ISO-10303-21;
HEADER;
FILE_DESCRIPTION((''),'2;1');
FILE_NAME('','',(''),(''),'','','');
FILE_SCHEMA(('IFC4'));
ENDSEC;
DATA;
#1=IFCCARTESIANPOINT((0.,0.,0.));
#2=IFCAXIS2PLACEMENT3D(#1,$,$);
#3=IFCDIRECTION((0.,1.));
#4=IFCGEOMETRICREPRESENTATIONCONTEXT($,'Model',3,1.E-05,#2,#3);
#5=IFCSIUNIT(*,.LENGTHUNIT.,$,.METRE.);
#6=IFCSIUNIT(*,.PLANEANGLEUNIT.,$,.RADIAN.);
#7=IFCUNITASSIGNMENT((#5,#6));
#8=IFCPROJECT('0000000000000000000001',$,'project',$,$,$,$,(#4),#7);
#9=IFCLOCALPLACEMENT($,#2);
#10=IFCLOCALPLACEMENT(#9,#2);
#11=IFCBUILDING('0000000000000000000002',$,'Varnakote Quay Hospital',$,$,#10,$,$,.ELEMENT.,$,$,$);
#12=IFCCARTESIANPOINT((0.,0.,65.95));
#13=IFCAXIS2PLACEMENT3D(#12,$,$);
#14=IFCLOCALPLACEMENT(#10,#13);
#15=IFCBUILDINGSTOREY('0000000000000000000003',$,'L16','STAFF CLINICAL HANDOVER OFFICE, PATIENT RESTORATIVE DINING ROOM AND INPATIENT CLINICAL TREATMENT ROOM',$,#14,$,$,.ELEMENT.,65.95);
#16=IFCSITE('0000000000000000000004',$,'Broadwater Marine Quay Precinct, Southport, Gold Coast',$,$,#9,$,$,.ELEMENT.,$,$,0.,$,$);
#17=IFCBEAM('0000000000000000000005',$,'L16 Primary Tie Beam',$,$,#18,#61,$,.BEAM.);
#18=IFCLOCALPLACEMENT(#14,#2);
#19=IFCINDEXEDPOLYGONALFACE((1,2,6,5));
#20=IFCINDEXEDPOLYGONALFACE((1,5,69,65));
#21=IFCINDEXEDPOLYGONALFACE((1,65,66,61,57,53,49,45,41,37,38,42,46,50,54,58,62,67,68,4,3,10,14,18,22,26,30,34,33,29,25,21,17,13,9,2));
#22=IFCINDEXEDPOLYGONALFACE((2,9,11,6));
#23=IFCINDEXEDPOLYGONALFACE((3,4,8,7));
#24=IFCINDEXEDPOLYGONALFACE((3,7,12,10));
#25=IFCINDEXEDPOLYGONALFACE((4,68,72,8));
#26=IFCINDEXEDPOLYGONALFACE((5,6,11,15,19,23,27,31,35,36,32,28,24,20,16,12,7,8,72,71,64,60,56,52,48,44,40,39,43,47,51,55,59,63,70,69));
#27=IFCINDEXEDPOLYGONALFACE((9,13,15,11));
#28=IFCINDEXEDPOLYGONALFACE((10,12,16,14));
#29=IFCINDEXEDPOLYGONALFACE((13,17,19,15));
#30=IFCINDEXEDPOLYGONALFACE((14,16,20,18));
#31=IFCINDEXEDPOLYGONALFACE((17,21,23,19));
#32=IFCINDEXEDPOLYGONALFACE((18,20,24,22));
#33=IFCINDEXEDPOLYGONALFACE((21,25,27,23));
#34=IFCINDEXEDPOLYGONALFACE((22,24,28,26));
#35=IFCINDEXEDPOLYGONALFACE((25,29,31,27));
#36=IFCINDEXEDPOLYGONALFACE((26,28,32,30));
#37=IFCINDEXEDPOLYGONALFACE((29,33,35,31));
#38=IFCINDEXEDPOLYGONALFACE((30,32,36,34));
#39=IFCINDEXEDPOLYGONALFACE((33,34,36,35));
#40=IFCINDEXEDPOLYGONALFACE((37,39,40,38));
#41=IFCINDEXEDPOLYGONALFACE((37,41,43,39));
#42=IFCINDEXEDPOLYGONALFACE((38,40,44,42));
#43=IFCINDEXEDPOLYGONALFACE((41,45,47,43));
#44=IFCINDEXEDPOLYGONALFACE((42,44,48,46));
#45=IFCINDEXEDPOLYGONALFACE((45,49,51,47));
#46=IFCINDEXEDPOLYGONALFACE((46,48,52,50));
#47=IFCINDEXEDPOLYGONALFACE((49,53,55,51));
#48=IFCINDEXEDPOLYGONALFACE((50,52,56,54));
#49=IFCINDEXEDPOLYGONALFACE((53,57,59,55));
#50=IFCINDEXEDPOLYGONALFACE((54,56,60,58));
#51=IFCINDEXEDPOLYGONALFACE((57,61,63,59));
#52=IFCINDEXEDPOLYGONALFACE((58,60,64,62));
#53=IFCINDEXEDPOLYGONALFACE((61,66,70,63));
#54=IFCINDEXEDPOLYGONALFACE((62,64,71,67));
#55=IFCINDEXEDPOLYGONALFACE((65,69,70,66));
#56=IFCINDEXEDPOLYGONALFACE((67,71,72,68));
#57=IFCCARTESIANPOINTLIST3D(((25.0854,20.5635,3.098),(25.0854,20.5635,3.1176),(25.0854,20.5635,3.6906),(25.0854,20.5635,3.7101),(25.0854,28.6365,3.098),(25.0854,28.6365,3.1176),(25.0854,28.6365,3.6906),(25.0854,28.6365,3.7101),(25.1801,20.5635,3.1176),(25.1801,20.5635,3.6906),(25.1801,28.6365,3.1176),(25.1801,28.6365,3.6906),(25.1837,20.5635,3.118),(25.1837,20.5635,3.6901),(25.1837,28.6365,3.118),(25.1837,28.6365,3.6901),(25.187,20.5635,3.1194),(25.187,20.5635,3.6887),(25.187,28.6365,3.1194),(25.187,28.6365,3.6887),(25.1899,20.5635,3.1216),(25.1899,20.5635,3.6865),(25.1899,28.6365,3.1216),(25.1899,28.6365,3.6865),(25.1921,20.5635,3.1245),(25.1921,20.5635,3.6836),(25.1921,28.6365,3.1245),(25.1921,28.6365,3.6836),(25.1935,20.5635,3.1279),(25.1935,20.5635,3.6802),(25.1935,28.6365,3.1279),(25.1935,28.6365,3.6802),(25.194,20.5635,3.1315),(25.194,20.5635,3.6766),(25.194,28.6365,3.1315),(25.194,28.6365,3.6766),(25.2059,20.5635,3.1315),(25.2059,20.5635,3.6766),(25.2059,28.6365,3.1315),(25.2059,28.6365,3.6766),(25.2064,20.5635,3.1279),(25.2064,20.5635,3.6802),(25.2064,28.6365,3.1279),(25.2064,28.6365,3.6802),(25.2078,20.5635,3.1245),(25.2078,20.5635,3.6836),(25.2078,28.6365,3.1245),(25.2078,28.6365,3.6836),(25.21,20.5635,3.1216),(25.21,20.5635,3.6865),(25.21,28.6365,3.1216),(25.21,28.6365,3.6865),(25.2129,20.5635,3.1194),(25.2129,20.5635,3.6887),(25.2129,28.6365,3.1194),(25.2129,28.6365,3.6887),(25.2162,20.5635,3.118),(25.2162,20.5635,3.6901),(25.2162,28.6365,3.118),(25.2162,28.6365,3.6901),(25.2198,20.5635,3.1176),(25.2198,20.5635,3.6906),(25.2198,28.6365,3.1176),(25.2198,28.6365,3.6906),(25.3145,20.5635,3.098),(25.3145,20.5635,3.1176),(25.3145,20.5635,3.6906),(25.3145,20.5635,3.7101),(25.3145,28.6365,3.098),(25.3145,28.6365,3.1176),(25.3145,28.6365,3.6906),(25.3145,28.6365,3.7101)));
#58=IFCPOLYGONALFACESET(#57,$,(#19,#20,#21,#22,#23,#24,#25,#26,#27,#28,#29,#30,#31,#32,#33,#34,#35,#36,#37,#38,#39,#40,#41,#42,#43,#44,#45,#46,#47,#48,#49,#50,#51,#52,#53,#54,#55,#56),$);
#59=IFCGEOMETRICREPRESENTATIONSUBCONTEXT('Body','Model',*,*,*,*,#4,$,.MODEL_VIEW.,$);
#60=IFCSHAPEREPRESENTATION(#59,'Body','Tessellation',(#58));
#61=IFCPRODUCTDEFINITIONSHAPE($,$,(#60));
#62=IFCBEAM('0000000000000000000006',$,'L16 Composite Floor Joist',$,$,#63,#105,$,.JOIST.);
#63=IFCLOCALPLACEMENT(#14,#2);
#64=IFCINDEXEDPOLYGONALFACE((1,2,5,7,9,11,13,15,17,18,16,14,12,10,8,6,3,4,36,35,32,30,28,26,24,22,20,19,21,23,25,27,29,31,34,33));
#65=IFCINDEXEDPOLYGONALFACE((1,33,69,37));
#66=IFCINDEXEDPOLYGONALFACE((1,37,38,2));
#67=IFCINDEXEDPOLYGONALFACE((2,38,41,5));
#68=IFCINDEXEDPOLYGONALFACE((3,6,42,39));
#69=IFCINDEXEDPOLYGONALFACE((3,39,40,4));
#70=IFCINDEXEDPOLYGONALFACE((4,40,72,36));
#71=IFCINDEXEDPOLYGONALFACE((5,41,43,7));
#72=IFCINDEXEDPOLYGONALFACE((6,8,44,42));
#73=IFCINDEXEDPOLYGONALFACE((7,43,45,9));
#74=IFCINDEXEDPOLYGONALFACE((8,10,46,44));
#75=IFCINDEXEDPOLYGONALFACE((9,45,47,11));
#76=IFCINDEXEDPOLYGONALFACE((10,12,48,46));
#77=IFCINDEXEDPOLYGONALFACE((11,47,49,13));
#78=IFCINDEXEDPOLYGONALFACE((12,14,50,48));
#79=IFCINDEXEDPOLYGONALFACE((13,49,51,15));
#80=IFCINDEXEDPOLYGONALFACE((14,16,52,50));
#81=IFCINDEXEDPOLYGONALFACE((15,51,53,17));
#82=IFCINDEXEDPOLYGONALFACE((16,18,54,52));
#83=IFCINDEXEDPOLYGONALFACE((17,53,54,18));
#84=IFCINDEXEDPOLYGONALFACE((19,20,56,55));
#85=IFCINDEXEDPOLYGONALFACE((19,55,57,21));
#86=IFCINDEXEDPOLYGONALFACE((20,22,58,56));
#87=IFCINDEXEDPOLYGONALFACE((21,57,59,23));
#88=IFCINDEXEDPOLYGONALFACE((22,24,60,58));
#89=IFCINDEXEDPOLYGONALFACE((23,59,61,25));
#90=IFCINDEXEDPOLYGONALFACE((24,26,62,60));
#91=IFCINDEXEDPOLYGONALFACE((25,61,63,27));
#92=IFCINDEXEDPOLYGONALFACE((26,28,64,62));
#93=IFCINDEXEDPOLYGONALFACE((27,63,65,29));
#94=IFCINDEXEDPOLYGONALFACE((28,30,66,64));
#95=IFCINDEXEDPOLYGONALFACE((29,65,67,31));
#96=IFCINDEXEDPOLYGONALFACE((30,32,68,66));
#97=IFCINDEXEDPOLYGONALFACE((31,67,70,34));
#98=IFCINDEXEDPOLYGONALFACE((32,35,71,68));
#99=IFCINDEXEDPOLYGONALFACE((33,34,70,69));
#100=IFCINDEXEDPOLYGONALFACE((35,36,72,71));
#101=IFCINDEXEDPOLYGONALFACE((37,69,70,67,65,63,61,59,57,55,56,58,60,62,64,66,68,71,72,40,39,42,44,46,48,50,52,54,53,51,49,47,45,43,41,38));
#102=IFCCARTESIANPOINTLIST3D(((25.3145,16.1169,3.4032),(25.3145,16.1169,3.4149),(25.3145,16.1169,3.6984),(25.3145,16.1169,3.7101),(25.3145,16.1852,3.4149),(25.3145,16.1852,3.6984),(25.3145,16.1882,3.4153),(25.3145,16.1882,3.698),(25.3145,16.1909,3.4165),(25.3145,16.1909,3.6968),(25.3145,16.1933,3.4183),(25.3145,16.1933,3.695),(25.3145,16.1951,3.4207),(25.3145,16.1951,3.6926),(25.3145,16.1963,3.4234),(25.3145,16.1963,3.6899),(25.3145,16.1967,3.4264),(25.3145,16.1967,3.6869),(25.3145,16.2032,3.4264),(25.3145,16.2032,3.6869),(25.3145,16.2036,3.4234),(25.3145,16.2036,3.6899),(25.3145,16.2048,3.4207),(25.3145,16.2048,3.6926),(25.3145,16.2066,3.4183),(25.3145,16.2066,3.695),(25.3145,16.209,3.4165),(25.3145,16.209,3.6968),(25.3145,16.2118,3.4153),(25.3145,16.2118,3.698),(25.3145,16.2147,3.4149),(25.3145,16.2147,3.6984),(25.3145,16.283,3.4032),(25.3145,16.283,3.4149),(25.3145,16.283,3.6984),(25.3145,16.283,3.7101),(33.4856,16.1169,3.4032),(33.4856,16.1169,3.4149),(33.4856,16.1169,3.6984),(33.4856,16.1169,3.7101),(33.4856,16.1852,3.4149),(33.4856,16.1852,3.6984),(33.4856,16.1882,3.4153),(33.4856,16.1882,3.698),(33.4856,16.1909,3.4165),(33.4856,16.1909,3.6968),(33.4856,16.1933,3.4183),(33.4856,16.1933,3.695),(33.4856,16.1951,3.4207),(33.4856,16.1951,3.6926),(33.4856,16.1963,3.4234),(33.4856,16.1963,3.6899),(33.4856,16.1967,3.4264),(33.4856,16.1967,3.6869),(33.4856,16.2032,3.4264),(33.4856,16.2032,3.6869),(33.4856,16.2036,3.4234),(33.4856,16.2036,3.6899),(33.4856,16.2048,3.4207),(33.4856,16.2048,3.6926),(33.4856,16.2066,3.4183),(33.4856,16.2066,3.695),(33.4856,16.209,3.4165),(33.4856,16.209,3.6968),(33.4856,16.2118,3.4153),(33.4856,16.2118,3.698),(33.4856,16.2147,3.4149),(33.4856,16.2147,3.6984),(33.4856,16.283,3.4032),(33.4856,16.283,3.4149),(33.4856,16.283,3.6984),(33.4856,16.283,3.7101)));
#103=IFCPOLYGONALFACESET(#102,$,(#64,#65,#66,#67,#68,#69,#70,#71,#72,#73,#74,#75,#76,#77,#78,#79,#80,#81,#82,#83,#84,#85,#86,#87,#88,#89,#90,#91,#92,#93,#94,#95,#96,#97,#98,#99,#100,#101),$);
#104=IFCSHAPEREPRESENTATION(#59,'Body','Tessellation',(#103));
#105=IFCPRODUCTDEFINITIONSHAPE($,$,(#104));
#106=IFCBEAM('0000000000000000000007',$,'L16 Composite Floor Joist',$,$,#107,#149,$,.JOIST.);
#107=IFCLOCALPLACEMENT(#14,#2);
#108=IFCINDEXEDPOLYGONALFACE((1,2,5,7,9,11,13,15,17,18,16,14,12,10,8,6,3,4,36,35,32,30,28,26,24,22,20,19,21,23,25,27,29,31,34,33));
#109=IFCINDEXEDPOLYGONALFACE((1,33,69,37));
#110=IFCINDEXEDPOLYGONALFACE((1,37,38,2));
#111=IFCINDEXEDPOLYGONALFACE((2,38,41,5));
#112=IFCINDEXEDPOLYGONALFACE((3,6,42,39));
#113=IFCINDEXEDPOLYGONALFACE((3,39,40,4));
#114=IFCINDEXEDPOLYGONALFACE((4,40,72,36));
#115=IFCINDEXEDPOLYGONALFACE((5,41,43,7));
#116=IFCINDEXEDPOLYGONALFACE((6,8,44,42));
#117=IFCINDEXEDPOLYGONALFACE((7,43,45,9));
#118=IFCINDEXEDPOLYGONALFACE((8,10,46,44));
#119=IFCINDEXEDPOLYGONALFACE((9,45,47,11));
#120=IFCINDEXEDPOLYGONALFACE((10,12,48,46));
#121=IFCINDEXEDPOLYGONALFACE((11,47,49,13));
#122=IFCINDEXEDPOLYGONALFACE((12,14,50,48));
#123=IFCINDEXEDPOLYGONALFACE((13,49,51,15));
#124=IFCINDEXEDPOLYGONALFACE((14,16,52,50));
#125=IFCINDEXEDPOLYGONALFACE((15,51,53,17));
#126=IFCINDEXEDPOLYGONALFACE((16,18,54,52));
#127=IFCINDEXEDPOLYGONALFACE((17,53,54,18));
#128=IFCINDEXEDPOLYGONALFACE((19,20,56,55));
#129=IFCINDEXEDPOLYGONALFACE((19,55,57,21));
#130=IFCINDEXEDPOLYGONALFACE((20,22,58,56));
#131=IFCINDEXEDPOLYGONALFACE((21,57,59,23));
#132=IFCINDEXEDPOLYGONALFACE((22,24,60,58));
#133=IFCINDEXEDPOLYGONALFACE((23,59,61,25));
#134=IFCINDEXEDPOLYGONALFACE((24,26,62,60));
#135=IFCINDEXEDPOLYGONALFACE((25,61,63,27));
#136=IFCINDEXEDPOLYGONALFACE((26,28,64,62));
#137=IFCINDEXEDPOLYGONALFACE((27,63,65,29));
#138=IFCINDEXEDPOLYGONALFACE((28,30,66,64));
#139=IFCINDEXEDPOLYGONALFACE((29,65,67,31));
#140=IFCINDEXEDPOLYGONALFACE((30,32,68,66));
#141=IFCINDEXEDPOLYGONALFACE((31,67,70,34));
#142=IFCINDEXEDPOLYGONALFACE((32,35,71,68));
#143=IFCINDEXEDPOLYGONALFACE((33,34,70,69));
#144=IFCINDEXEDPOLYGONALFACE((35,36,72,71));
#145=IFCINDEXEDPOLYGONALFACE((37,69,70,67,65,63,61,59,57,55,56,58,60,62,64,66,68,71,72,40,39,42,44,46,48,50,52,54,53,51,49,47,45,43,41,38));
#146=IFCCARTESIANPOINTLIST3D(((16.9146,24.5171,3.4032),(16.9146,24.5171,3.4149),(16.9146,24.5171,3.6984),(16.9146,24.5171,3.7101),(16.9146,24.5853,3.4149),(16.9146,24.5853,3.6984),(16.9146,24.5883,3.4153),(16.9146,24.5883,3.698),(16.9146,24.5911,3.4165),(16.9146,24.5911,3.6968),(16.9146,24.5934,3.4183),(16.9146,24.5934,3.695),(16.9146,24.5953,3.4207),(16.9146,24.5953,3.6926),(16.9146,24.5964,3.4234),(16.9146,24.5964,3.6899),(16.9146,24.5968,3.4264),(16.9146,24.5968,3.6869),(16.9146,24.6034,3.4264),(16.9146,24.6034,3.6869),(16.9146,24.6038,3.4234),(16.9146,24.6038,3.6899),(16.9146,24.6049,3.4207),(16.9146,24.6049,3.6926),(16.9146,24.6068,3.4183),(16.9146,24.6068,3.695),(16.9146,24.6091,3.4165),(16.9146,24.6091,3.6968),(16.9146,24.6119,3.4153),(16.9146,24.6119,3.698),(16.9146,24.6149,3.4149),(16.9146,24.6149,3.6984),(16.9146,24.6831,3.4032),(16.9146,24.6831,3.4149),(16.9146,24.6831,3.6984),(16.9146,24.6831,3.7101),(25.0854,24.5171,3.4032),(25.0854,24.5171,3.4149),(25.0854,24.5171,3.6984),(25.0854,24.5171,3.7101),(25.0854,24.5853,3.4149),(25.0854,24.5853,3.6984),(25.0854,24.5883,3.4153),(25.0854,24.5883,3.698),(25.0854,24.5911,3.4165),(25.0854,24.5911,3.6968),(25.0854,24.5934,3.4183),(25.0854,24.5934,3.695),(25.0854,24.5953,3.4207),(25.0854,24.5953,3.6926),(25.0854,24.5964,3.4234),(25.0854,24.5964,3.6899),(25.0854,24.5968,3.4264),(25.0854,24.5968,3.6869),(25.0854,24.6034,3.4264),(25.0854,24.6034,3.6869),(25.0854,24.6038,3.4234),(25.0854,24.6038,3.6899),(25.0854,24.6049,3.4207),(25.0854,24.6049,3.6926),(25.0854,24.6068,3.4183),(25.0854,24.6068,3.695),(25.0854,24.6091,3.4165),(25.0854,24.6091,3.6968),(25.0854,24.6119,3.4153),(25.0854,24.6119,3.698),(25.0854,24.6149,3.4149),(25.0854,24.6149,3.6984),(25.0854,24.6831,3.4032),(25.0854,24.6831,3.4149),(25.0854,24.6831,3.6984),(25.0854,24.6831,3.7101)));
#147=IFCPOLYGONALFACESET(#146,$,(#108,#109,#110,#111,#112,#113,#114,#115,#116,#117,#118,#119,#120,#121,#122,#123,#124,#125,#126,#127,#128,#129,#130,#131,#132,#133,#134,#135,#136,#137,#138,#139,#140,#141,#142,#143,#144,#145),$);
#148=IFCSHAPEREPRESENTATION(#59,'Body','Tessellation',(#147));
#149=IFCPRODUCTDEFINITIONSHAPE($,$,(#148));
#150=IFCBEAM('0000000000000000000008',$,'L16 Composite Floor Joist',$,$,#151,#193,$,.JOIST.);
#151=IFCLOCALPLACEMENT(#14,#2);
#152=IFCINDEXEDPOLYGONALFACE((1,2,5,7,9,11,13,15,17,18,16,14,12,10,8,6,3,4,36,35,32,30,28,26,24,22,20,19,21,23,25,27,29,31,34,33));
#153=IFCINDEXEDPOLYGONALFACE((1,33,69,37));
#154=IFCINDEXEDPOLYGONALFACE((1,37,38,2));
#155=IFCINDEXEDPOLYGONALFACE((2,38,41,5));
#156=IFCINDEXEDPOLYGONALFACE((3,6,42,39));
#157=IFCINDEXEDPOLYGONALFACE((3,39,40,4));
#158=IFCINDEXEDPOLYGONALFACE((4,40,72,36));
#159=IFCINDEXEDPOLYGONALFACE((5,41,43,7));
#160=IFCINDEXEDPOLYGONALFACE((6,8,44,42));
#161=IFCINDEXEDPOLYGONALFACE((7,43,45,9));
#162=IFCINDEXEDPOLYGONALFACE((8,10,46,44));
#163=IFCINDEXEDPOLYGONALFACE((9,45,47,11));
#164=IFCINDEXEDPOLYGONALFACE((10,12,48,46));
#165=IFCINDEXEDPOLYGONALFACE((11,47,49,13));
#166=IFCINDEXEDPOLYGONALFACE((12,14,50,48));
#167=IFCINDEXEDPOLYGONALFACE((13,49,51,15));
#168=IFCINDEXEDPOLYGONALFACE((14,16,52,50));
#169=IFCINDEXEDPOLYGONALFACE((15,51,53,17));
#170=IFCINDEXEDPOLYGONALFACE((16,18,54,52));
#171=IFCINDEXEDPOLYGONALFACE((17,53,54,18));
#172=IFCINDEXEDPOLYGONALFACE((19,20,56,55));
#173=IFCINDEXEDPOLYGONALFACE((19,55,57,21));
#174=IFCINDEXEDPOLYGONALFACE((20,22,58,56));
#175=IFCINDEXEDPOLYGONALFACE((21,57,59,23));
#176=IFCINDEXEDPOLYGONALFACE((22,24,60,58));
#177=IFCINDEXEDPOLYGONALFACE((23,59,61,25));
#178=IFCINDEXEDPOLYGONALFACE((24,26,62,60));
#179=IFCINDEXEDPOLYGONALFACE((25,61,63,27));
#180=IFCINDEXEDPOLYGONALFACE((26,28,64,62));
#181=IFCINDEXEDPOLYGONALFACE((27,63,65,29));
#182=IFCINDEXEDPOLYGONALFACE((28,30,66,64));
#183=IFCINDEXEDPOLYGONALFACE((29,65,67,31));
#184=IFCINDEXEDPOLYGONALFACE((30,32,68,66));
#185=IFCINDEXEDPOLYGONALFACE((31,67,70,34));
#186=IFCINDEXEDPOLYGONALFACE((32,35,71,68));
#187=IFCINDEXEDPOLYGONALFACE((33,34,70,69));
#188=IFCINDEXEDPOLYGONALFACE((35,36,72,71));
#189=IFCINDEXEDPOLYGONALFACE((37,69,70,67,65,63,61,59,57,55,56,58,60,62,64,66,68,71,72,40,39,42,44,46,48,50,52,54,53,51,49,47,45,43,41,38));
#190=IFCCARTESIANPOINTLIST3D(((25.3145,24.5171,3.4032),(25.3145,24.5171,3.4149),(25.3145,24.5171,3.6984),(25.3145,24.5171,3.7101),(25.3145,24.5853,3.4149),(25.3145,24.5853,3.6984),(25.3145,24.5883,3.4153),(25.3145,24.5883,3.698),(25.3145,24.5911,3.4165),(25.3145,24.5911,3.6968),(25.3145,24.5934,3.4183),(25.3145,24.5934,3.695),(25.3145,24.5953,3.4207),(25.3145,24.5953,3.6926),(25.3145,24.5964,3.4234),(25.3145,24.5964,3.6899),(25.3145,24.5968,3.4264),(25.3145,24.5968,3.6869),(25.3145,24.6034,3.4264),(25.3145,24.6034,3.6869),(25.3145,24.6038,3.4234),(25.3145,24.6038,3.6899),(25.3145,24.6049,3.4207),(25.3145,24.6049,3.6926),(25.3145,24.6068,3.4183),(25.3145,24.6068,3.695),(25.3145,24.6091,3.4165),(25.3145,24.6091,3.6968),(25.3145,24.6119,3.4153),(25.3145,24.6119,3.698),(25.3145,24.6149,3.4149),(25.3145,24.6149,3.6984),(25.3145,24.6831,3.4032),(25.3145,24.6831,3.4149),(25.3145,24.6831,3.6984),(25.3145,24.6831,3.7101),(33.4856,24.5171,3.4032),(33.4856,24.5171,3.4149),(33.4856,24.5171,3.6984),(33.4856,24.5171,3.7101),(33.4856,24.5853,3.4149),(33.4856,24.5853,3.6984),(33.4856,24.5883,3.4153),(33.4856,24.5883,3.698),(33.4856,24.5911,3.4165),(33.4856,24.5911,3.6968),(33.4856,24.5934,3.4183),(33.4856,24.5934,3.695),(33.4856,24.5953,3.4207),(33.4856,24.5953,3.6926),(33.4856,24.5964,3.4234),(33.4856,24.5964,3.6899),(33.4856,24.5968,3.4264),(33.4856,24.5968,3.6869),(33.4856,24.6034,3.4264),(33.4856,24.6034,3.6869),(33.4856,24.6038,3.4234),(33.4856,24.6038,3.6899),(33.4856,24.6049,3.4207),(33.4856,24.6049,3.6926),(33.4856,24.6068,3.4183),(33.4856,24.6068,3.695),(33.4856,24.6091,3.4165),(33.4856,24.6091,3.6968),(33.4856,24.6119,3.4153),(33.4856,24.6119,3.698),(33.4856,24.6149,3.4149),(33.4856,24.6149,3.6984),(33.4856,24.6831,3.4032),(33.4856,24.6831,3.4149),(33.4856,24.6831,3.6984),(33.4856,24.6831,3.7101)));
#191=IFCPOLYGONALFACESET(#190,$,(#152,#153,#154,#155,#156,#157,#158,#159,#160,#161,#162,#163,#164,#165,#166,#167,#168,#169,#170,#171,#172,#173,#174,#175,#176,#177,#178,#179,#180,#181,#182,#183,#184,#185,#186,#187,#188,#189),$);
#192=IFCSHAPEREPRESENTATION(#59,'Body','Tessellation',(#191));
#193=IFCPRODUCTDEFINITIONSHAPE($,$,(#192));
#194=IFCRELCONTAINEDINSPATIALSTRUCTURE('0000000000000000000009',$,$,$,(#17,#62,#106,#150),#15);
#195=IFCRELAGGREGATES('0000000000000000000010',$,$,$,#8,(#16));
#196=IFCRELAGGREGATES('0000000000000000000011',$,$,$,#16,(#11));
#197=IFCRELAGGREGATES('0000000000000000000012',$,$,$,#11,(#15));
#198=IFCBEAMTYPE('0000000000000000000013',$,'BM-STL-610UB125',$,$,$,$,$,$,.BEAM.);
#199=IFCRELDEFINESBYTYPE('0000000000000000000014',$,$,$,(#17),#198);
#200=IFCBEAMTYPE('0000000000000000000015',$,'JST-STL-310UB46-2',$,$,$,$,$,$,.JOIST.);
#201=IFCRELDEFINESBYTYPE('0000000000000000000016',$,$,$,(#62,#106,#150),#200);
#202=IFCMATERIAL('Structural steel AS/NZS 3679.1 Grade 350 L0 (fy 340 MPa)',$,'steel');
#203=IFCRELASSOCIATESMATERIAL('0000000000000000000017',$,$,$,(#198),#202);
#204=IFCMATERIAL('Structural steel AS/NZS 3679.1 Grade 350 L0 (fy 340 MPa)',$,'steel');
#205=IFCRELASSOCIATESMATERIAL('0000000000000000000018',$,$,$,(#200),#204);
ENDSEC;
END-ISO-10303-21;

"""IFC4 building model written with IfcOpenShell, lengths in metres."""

from ifc_helpers import new_model, si_unit, direction, frame, origin, origin_2d, place, context, subcontext, project, spatial, i_section, extrude, material, material_profile, profile_set, type_object, element, save


model = new_model("IFC4")

# Units and contexts
model_context = context("Model", 3, precision=1e-05, world=origin(), true_north=direction((0.0, 1.0)))
body_context = subcontext(model_context, "Body", "Model", "MODEL_VIEW")
ifc_project = project(units=[si_unit("LENGTHUNIT", "METRE"), si_unit("PLANEANGLEUNIT", "RADIAN")], contexts=[model_context])

# Site, building, storey
site_placement = place(None, origin())
site = spatial("IfcSite", under=ifc_project, at=site_placement, Name="Broadwater Marine Quay Precinct, Southport, Gold Coast", CompositionType="ELEMENT", RefElevation=0.0)
building_placement = place(site_placement, origin())
building = spatial("IfcBuilding", under=site, at=building_placement, Name="Varnakote Quay Hospital", CompositionType="ELEMENT")
storey_placement = place(building_placement, frame((0.0, 0.0, 65.95)))
storey = spatial("IfcBuildingStorey", under=building, at=storey_placement, Name="L16", Description="STAFF CLINICAL HANDOVER OFFICE, PATIENT RESTORATIVE DINING ROOM AND INPATIENT CLINICAL TREATMENT ROOM", CompositionType="ELEMENT", Elevation=65.95)

# Beams
ifc_material_1 = material(Name="Structural steel AS/NZS 3679.1 Grade 350 L0 (fy 340 MPa)", Category="steel")
ifc_material_profile_1 = material_profile(ifc_material_1, i_section(OverallWidth=0.229, OverallDepth=0.6121, WebThickness=0.012, FlangeThickness=0.0195, FilletRadius=0.0139, at=origin_2d()), Name="610UB125")
ifc_profile_set_1 = profile_set([ifc_material_profile_1], Name="Structural steel AS/NZS 3679.1 Grade 350 L0 (fy 340 MPa)")
beam_type_1 = type_object("IfcBeamType", Name="BM-STL-610UB125", PredefinedType="BEAM", material=ifc_profile_set_1)
for number, where, z_axis, x_axis, name in (
    (1, (25.2, 20.5635, 3.4041), (0.0, 1.0, 0.0), (-1.0, 0.0, 0.0), "L16 Primary Tie Beam"),
):
    element("IfcBeam", number, at=place(storey_placement, frame(where, z_axis=z_axis, x_axis=x_axis)), inside=storey, type_object=beam_type_1, Name=name, PredefinedType="BEAM", context=body_context, shape_type="SweptSolid", body=[
        extrude(i_section(OverallWidth=0.229, OverallDepth=0.6121, WebThickness=0.012, FlangeThickness=0.0195, FilletRadius=0.0139, at=origin_2d()), origin(), (0.0, 0.0, 1.0), 8.073),
    ])
ifc_material_2 = material(Name="Structural steel AS/NZS 3679.1 Grade 350 L0 (fy 340 MPa)", Category="steel")
ifc_material_profile_2 = material_profile(ifc_material_2, i_section(OverallWidth=0.166, OverallDepth=0.3069, WebThickness=0.0066, FlangeThickness=0.0117, FilletRadius=0.0115, at=origin_2d()), Name="310UB46.2")
ifc_profile_set_2 = profile_set([ifc_material_profile_2], Name="Structural steel AS/NZS 3679.1 Grade 350 L0 (fy 340 MPa)")
beam_type_2 = type_object("IfcBeamType", Name="JST-STL-310UB46-2", PredefinedType="JOIST", material=ifc_profile_set_2)
beam_1_placement = place(storey_placement, frame((25.3145, 16.2, 3.5566), z_axis=(1.0, 0.0, 0.0), x_axis=(0.0, 1.0, 0.0)))
element("IfcBeam", 2, at=beam_1_placement, inside=storey, type_object=beam_type_2, Name="L16 Composite Floor Joist", PredefinedType="JOIST", context=body_context, shape_type="SweptSolid", body=[
    extrude(i_section(OverallWidth=0.166, OverallDepth=0.3069, WebThickness=0.0066, FlangeThickness=0.0117, FilletRadius=0.0115, at=origin_2d()), origin(), (0.0, 0.0, 1.0), 8.1711),
])
beam_2_placement = place(storey_placement, frame((16.9146, 24.6001, 3.5566), z_axis=(1.0, 0.0, 0.0), x_axis=(0.0, 1.0, 0.0)))
element("IfcBeam", 3, at=beam_2_placement, inside=storey, type_object=beam_type_2, Name="L16 Composite Floor Joist", PredefinedType="JOIST", context=body_context, shape_type="SweptSolid", body=[
    extrude(i_section(OverallWidth=0.166, OverallDepth=0.3069, WebThickness=0.0066, FlangeThickness=0.0117, FilletRadius=0.0115, at=origin_2d()), origin(), (0.0, 0.0, 1.0), 8.1709),
])
beam_3_placement = place(storey_placement, frame((25.3145, 24.6001, 3.5566), z_axis=(1.0, 0.0, 0.0), x_axis=(0.0, 1.0, 0.0)))
element("IfcBeam", 4, at=beam_3_placement, inside=storey, type_object=beam_type_2, Name="L16 Composite Floor Joist", PredefinedType="JOIST", context=body_context, shape_type="SweptSolid", body=[
    extrude(i_section(OverallWidth=0.166, OverallDepth=0.3069, WebThickness=0.0066, FlangeThickness=0.0117, FilletRadius=0.0115, at=origin_2d()), origin(), (0.0, 0.0, 1.0), 8.1711),
])

save(model, "model.ifc")
